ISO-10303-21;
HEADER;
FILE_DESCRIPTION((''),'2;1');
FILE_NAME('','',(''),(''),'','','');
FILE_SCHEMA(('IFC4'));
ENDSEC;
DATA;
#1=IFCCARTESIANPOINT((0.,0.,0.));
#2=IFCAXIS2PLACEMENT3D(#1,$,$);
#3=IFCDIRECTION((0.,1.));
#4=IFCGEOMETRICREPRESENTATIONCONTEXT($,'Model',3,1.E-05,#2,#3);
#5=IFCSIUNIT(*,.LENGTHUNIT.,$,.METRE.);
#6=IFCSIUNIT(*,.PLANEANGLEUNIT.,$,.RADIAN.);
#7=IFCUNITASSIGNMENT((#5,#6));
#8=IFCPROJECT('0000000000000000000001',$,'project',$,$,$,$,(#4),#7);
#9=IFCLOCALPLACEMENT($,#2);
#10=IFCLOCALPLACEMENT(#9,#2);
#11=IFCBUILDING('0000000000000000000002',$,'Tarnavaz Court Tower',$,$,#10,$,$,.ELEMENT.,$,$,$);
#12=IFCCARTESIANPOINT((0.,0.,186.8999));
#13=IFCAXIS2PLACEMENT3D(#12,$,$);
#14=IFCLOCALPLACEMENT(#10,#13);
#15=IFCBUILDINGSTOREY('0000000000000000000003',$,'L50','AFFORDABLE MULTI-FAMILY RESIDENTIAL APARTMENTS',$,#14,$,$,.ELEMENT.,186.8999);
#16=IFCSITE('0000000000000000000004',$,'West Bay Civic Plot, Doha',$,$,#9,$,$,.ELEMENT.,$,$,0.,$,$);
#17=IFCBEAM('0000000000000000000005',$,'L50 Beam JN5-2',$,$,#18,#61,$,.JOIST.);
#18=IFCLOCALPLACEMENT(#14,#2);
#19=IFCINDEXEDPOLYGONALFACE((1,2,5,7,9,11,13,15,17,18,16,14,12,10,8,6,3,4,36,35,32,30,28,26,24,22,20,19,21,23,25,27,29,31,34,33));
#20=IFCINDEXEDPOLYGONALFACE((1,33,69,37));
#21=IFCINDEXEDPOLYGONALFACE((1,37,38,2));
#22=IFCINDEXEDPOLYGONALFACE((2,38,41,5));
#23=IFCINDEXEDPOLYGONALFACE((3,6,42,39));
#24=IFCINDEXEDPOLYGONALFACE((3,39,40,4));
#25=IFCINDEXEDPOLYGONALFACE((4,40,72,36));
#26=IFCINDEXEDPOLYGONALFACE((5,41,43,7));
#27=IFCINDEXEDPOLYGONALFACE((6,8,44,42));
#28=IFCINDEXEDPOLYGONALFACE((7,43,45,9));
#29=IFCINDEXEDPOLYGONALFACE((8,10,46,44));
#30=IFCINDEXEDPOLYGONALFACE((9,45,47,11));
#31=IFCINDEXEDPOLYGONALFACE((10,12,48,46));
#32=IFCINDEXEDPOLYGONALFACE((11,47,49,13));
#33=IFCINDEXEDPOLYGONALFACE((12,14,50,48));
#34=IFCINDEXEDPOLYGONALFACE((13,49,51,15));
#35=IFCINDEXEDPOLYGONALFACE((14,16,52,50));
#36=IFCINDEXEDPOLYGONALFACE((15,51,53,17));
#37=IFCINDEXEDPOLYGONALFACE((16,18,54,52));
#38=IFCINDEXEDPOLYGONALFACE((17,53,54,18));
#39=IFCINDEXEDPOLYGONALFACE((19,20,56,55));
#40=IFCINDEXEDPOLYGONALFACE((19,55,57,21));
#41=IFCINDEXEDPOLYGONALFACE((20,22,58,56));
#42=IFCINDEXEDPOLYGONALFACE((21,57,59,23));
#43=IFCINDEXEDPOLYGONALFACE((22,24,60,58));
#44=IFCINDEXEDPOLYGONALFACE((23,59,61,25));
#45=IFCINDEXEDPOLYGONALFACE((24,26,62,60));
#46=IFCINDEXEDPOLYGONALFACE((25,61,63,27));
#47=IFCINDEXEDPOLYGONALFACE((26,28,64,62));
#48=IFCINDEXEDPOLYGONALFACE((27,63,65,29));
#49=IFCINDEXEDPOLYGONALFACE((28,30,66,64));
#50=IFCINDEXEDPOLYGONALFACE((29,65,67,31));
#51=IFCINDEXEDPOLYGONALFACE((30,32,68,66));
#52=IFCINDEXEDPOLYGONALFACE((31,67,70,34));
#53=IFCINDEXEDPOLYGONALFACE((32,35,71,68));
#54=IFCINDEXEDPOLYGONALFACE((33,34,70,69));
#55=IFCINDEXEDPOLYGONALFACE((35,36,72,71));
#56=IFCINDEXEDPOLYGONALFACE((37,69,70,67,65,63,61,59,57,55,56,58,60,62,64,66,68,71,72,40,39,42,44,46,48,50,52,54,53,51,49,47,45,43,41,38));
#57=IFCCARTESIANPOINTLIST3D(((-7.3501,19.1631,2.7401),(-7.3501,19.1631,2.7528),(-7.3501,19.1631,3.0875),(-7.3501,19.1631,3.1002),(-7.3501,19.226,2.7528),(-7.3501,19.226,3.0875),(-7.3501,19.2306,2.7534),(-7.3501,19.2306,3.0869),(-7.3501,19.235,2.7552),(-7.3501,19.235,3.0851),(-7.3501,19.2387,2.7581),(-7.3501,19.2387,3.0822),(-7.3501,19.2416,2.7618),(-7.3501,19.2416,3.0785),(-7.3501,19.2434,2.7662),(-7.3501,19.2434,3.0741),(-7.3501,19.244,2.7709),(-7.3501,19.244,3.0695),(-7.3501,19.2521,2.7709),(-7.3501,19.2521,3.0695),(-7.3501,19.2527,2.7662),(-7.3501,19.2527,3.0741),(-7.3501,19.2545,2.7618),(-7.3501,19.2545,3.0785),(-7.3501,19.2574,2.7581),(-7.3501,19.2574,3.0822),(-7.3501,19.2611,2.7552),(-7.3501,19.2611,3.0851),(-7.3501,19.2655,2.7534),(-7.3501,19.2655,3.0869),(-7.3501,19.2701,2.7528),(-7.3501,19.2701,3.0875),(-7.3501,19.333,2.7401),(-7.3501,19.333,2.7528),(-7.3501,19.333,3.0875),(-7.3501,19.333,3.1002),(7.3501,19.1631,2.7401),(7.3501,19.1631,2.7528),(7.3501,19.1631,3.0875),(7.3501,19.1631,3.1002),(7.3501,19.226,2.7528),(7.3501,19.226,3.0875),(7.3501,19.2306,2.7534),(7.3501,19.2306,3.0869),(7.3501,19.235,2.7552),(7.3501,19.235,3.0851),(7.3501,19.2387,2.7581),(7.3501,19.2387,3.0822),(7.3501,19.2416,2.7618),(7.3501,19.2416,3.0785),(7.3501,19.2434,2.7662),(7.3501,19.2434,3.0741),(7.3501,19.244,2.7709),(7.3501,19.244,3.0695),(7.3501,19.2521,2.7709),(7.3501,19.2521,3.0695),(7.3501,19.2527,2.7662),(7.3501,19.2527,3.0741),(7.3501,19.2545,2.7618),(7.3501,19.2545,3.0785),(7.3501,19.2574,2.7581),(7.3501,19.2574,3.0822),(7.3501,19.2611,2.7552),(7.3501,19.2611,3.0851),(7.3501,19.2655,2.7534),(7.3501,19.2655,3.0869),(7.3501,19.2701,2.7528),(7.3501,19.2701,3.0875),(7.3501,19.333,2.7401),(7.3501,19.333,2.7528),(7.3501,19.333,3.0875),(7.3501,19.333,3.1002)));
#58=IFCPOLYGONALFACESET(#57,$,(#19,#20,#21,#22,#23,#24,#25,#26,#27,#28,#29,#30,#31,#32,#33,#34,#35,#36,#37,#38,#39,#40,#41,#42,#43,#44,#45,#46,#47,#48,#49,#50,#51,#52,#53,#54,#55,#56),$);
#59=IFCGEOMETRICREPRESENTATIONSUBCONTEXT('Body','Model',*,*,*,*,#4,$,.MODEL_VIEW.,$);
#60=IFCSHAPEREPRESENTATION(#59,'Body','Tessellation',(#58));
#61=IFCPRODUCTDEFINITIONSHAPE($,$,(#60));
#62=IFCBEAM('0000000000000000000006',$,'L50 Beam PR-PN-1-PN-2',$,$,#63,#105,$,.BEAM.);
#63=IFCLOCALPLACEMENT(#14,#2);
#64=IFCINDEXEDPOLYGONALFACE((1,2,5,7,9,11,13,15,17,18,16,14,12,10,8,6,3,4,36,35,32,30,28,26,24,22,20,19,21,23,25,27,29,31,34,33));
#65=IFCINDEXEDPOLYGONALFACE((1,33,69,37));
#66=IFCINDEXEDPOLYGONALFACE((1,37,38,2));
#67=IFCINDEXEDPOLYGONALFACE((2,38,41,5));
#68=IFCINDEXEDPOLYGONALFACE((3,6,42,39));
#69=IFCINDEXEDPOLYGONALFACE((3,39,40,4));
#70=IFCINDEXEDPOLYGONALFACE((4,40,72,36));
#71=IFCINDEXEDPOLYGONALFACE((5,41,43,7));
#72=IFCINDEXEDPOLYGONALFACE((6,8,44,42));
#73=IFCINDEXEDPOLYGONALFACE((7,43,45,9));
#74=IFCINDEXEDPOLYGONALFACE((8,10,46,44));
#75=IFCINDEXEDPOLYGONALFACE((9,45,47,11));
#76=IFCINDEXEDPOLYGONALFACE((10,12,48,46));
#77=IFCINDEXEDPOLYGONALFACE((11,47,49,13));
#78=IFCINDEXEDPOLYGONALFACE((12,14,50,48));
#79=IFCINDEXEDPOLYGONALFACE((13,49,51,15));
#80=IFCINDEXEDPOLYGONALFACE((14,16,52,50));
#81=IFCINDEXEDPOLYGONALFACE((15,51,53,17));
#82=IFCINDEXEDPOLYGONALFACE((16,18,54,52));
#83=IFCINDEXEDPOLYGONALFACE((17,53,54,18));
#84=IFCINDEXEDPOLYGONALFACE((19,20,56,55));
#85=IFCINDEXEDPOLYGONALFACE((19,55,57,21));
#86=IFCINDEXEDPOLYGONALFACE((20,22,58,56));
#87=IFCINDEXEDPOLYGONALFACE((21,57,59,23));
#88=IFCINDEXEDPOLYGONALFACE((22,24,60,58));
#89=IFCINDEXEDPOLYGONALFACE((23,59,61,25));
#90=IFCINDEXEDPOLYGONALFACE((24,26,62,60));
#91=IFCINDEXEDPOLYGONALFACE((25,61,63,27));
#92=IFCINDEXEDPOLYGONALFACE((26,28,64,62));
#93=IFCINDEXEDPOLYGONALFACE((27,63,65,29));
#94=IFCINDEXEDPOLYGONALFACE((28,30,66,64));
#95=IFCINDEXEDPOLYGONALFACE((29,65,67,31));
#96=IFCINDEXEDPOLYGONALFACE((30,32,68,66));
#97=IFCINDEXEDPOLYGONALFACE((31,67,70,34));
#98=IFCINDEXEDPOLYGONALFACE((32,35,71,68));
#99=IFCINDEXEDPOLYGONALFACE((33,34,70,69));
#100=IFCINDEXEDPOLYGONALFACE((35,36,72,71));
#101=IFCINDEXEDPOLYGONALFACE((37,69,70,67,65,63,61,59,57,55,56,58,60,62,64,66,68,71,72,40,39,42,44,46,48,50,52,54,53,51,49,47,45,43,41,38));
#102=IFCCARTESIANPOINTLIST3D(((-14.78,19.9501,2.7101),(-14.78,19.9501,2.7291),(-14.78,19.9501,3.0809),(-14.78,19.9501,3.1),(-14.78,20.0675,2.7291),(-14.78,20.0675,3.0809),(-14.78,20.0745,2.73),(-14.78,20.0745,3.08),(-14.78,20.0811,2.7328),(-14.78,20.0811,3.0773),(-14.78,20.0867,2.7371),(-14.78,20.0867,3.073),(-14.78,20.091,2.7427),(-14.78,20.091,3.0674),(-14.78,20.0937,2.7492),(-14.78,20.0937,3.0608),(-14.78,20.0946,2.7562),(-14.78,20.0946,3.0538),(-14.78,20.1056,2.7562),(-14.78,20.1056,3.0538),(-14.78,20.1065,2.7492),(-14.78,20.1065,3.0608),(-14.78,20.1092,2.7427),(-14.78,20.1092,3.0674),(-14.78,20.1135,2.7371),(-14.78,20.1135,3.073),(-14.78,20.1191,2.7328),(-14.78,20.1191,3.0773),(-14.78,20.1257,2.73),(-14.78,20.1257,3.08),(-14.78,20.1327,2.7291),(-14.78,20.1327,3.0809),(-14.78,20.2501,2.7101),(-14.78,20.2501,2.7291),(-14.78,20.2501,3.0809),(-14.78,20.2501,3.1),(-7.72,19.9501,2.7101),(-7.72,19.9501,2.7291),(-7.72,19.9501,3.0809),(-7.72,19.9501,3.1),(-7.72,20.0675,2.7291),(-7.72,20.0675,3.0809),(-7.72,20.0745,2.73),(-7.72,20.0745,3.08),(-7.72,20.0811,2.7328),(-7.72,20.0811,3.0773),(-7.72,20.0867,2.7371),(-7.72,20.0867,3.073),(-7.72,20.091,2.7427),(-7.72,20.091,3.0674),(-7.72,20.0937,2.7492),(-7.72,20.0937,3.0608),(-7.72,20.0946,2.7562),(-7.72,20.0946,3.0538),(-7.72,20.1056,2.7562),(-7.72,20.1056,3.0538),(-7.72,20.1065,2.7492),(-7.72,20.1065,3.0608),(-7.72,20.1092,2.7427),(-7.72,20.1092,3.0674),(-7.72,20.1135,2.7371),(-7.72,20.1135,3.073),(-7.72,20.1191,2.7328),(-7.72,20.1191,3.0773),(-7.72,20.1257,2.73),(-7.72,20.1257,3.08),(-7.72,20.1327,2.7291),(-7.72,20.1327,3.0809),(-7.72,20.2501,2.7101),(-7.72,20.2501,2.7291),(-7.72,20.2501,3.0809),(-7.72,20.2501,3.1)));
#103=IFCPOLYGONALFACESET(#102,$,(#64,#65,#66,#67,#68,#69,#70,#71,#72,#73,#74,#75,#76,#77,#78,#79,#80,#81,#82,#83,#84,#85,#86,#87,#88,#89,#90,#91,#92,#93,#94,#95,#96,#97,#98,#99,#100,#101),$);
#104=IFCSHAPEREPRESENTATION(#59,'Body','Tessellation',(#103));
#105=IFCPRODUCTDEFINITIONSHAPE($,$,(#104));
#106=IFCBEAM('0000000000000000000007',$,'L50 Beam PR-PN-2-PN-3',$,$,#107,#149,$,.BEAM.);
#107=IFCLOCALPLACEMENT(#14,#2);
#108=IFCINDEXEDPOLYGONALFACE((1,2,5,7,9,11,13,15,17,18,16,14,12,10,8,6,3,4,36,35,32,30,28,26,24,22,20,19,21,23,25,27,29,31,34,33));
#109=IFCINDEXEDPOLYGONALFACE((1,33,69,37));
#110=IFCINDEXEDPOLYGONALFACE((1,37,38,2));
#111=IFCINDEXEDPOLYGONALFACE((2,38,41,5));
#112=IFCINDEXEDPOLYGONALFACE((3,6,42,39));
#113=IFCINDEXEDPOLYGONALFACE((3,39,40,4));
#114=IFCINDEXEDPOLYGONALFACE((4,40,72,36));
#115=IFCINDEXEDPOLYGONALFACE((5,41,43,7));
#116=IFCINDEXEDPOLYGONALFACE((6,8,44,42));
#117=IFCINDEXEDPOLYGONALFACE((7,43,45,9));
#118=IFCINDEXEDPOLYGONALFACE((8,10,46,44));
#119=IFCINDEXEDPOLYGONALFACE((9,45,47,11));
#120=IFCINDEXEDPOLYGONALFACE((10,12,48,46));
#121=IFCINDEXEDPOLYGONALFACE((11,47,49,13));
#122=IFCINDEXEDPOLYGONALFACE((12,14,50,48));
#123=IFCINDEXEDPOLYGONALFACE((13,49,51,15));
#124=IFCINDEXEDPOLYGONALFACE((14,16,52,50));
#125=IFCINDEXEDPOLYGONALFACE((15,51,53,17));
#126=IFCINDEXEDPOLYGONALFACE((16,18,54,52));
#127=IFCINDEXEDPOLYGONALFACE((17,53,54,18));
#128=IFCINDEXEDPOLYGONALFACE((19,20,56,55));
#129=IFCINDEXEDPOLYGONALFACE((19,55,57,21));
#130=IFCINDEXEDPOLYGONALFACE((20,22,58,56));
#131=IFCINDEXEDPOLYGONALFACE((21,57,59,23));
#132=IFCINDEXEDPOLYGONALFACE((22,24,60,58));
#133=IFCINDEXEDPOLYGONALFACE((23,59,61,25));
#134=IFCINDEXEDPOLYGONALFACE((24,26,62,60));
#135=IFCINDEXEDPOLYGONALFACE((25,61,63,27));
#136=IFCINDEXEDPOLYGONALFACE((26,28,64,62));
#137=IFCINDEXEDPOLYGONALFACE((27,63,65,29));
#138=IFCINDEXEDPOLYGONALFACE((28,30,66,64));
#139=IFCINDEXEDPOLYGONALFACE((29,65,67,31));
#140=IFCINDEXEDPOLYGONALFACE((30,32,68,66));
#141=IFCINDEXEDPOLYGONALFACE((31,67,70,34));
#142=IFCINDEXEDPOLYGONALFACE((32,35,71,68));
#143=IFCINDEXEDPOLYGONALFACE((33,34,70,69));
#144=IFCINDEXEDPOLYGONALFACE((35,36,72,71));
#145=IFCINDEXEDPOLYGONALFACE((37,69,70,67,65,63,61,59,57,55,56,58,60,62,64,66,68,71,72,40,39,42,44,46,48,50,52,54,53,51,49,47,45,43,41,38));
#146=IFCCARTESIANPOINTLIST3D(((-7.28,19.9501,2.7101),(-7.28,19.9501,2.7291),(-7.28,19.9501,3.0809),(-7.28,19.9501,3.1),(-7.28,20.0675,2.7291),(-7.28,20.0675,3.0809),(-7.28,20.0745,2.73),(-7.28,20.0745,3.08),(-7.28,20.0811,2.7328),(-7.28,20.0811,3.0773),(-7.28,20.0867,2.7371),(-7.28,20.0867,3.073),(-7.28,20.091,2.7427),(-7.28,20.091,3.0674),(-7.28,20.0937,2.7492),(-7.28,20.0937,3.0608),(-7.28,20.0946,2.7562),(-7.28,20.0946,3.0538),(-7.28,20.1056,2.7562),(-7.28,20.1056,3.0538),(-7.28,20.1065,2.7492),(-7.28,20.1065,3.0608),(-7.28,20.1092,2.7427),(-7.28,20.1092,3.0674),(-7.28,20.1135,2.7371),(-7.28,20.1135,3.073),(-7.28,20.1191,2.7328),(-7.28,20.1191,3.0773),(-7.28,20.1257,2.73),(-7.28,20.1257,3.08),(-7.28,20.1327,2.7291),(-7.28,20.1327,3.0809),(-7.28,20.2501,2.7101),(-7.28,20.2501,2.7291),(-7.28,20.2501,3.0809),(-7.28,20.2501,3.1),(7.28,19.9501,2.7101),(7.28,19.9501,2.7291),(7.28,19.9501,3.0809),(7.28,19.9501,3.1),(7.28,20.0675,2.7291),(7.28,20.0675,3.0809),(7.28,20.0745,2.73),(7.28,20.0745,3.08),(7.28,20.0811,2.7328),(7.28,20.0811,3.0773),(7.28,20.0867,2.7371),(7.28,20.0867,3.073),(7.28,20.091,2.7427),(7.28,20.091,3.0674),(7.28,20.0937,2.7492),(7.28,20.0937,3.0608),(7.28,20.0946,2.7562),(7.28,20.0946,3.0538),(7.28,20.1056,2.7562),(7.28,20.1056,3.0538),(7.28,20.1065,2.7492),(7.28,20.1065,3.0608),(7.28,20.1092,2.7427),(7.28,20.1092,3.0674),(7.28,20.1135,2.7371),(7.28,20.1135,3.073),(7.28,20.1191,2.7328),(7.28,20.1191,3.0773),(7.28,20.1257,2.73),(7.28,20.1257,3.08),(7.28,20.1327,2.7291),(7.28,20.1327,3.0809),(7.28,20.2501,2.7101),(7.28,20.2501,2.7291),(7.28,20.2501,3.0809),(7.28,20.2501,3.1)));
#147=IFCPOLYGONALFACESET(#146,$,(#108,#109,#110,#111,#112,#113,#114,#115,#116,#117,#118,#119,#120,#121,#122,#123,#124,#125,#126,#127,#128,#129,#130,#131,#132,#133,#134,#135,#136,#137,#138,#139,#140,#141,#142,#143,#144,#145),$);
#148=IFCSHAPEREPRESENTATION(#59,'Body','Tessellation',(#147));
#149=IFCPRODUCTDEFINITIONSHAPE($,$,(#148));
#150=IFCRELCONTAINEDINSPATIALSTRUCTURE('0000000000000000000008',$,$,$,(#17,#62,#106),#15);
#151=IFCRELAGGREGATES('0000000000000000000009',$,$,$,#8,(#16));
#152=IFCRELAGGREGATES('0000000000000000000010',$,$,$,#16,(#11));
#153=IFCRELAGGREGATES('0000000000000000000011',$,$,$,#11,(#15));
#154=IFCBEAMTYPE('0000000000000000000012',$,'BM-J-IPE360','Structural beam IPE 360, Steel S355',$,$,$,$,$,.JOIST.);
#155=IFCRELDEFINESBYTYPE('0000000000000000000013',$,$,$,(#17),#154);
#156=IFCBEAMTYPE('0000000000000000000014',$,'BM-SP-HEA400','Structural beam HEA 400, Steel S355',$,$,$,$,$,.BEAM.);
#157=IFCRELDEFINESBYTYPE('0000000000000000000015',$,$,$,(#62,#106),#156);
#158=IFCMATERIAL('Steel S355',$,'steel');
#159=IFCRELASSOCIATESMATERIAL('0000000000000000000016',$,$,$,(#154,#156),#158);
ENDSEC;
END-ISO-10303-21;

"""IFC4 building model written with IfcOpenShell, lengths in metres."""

from ifc_helpers import new_model, si_unit, direction, frame, origin, origin_2d, place, context, subcontext, project, spatial, i_section, extrude, material, material_profile, profile_set, type_object, element, save


model = new_model("IFC4")

# Units and contexts
model_context = context("Model", 3, precision=1e-05, world=origin(), true_north=direction((0.0, 1.0)))
body_context = subcontext(model_context, "Body", "Model", "MODEL_VIEW")
ifc_project = project(units=[si_unit("LENGTHUNIT", "METRE"), si_unit("PLANEANGLEUNIT", "RADIAN")], contexts=[model_context])

# Site, building, storey
site_placement = place(None, origin())
site = spatial("IfcSite", under=ifc_project, at=site_placement, Name="West Bay Civic Plot, Doha", CompositionType="ELEMENT", RefElevation=0.0)
building_placement = place(site_placement, origin())
building = spatial("IfcBuilding", under=site, at=building_placement, Name="Tarnavaz Court Tower", CompositionType="ELEMENT")
storey_placement = place(building_placement, frame((0.0, 0.0, 186.8999)))
storey = spatial("IfcBuildingStorey", under=building, at=storey_placement, Name="L50", Description="AFFORDABLE MULTI-FAMILY RESIDENTIAL APARTMENTS", CompositionType="ELEMENT", Elevation=186.8999)

# Beams
ifc_material_1 = material(Name="Steel S355", Category="steel")
ifc_material_profile_1 = material_profile(ifc_material_1, i_section(OverallWidth=0.1699, OverallDepth=0.3601, WebThickness=0.0081, FlangeThickness=0.0127, FilletRadius=0.0181, at=origin_2d()), Name="IPE 360")
ifc_profile_set_1 = profile_set([ifc_material_profile_1], Name="Steel S355")
beam_type_1 = type_object("IfcBeamType", Name="BM-J-IPE360", Description="Structural beam IPE 360, Steel S355", PredefinedType="JOIST", material=ifc_profile_set_1)
for number, where, z_axis, x_axis, name in (
    (1, (-7.3501, 19.248, 2.9202), (1.0, 0.0, 0.0), (0.0, 1.0, 0.0), "L50 Beam JN5-2"),
):
    element("IfcBeam", number, at=place(storey_placement, frame(where, z_axis=z_axis, x_axis=x_axis)), inside=storey, type_object=beam_type_1, Name=name, PredefinedType="JOIST", context=body_context, shape_type="SweptSolid", body=[
        extrude(i_section(OverallWidth=0.1699, OverallDepth=0.3601, WebThickness=0.0081, FlangeThickness=0.0127, FilletRadius=0.0181, at=origin_2d()), origin(), (0.0, 0.0, 1.0), 14.7002),
    ])
ifc_material_profile_2 = material_profile(ifc_material_1, i_section(OverallWidth=0.3, OverallDepth=0.3899, WebThickness=0.011, FlangeThickness=0.019, FilletRadius=0.0271, at=origin_2d()), Name="HEA 400")
ifc_profile_set_2 = profile_set([ifc_material_profile_2], Name="Steel S355")
beam_type_2 = type_object("IfcBeamType", Name="BM-SP-HEA400", Description="Structural beam HEA 400, Steel S355", PredefinedType="BEAM", material=ifc_profile_set_2)
beam_1_placement = place(storey_placement, frame((-14.78, 20.1001, 2.905), z_axis=(1.0, 0.0, 0.0), x_axis=(0.0, 1.0, 0.0)))
element("IfcBeam", 2, at=beam_1_placement, inside=storey, type_object=beam_type_2, Name="L50 Beam PR-PN-1-PN-2", PredefinedType="BEAM", context=body_context, shape_type="SweptSolid", body=[
    extrude(i_section(OverallWidth=0.3, OverallDepth=0.3899, WebThickness=0.011, FlangeThickness=0.019, FilletRadius=0.0271, at=origin_2d()), origin(), (0.0, 0.0, 1.0), 7.0601),
])
beam_2_placement = place(storey_placement, frame((-7.28, 20.1001, 2.905), z_axis=(1.0, 0.0, 0.0), x_axis=(0.0, 1.0, 0.0)))
element("IfcBeam", 3, at=beam_2_placement, inside=storey, type_object=beam_type_2, Name="L50 Beam PR-PN-2-PN-3", PredefinedType="BEAM", context=body_context, shape_type="SweptSolid", body=[
    extrude(i_section(OverallWidth=0.3, OverallDepth=0.3899, WebThickness=0.011, FlangeThickness=0.019, FilletRadius=0.0271, at=origin_2d()), origin(), (0.0, 0.0, 1.0), 14.5601),
])

save(model, "model.ifc")
